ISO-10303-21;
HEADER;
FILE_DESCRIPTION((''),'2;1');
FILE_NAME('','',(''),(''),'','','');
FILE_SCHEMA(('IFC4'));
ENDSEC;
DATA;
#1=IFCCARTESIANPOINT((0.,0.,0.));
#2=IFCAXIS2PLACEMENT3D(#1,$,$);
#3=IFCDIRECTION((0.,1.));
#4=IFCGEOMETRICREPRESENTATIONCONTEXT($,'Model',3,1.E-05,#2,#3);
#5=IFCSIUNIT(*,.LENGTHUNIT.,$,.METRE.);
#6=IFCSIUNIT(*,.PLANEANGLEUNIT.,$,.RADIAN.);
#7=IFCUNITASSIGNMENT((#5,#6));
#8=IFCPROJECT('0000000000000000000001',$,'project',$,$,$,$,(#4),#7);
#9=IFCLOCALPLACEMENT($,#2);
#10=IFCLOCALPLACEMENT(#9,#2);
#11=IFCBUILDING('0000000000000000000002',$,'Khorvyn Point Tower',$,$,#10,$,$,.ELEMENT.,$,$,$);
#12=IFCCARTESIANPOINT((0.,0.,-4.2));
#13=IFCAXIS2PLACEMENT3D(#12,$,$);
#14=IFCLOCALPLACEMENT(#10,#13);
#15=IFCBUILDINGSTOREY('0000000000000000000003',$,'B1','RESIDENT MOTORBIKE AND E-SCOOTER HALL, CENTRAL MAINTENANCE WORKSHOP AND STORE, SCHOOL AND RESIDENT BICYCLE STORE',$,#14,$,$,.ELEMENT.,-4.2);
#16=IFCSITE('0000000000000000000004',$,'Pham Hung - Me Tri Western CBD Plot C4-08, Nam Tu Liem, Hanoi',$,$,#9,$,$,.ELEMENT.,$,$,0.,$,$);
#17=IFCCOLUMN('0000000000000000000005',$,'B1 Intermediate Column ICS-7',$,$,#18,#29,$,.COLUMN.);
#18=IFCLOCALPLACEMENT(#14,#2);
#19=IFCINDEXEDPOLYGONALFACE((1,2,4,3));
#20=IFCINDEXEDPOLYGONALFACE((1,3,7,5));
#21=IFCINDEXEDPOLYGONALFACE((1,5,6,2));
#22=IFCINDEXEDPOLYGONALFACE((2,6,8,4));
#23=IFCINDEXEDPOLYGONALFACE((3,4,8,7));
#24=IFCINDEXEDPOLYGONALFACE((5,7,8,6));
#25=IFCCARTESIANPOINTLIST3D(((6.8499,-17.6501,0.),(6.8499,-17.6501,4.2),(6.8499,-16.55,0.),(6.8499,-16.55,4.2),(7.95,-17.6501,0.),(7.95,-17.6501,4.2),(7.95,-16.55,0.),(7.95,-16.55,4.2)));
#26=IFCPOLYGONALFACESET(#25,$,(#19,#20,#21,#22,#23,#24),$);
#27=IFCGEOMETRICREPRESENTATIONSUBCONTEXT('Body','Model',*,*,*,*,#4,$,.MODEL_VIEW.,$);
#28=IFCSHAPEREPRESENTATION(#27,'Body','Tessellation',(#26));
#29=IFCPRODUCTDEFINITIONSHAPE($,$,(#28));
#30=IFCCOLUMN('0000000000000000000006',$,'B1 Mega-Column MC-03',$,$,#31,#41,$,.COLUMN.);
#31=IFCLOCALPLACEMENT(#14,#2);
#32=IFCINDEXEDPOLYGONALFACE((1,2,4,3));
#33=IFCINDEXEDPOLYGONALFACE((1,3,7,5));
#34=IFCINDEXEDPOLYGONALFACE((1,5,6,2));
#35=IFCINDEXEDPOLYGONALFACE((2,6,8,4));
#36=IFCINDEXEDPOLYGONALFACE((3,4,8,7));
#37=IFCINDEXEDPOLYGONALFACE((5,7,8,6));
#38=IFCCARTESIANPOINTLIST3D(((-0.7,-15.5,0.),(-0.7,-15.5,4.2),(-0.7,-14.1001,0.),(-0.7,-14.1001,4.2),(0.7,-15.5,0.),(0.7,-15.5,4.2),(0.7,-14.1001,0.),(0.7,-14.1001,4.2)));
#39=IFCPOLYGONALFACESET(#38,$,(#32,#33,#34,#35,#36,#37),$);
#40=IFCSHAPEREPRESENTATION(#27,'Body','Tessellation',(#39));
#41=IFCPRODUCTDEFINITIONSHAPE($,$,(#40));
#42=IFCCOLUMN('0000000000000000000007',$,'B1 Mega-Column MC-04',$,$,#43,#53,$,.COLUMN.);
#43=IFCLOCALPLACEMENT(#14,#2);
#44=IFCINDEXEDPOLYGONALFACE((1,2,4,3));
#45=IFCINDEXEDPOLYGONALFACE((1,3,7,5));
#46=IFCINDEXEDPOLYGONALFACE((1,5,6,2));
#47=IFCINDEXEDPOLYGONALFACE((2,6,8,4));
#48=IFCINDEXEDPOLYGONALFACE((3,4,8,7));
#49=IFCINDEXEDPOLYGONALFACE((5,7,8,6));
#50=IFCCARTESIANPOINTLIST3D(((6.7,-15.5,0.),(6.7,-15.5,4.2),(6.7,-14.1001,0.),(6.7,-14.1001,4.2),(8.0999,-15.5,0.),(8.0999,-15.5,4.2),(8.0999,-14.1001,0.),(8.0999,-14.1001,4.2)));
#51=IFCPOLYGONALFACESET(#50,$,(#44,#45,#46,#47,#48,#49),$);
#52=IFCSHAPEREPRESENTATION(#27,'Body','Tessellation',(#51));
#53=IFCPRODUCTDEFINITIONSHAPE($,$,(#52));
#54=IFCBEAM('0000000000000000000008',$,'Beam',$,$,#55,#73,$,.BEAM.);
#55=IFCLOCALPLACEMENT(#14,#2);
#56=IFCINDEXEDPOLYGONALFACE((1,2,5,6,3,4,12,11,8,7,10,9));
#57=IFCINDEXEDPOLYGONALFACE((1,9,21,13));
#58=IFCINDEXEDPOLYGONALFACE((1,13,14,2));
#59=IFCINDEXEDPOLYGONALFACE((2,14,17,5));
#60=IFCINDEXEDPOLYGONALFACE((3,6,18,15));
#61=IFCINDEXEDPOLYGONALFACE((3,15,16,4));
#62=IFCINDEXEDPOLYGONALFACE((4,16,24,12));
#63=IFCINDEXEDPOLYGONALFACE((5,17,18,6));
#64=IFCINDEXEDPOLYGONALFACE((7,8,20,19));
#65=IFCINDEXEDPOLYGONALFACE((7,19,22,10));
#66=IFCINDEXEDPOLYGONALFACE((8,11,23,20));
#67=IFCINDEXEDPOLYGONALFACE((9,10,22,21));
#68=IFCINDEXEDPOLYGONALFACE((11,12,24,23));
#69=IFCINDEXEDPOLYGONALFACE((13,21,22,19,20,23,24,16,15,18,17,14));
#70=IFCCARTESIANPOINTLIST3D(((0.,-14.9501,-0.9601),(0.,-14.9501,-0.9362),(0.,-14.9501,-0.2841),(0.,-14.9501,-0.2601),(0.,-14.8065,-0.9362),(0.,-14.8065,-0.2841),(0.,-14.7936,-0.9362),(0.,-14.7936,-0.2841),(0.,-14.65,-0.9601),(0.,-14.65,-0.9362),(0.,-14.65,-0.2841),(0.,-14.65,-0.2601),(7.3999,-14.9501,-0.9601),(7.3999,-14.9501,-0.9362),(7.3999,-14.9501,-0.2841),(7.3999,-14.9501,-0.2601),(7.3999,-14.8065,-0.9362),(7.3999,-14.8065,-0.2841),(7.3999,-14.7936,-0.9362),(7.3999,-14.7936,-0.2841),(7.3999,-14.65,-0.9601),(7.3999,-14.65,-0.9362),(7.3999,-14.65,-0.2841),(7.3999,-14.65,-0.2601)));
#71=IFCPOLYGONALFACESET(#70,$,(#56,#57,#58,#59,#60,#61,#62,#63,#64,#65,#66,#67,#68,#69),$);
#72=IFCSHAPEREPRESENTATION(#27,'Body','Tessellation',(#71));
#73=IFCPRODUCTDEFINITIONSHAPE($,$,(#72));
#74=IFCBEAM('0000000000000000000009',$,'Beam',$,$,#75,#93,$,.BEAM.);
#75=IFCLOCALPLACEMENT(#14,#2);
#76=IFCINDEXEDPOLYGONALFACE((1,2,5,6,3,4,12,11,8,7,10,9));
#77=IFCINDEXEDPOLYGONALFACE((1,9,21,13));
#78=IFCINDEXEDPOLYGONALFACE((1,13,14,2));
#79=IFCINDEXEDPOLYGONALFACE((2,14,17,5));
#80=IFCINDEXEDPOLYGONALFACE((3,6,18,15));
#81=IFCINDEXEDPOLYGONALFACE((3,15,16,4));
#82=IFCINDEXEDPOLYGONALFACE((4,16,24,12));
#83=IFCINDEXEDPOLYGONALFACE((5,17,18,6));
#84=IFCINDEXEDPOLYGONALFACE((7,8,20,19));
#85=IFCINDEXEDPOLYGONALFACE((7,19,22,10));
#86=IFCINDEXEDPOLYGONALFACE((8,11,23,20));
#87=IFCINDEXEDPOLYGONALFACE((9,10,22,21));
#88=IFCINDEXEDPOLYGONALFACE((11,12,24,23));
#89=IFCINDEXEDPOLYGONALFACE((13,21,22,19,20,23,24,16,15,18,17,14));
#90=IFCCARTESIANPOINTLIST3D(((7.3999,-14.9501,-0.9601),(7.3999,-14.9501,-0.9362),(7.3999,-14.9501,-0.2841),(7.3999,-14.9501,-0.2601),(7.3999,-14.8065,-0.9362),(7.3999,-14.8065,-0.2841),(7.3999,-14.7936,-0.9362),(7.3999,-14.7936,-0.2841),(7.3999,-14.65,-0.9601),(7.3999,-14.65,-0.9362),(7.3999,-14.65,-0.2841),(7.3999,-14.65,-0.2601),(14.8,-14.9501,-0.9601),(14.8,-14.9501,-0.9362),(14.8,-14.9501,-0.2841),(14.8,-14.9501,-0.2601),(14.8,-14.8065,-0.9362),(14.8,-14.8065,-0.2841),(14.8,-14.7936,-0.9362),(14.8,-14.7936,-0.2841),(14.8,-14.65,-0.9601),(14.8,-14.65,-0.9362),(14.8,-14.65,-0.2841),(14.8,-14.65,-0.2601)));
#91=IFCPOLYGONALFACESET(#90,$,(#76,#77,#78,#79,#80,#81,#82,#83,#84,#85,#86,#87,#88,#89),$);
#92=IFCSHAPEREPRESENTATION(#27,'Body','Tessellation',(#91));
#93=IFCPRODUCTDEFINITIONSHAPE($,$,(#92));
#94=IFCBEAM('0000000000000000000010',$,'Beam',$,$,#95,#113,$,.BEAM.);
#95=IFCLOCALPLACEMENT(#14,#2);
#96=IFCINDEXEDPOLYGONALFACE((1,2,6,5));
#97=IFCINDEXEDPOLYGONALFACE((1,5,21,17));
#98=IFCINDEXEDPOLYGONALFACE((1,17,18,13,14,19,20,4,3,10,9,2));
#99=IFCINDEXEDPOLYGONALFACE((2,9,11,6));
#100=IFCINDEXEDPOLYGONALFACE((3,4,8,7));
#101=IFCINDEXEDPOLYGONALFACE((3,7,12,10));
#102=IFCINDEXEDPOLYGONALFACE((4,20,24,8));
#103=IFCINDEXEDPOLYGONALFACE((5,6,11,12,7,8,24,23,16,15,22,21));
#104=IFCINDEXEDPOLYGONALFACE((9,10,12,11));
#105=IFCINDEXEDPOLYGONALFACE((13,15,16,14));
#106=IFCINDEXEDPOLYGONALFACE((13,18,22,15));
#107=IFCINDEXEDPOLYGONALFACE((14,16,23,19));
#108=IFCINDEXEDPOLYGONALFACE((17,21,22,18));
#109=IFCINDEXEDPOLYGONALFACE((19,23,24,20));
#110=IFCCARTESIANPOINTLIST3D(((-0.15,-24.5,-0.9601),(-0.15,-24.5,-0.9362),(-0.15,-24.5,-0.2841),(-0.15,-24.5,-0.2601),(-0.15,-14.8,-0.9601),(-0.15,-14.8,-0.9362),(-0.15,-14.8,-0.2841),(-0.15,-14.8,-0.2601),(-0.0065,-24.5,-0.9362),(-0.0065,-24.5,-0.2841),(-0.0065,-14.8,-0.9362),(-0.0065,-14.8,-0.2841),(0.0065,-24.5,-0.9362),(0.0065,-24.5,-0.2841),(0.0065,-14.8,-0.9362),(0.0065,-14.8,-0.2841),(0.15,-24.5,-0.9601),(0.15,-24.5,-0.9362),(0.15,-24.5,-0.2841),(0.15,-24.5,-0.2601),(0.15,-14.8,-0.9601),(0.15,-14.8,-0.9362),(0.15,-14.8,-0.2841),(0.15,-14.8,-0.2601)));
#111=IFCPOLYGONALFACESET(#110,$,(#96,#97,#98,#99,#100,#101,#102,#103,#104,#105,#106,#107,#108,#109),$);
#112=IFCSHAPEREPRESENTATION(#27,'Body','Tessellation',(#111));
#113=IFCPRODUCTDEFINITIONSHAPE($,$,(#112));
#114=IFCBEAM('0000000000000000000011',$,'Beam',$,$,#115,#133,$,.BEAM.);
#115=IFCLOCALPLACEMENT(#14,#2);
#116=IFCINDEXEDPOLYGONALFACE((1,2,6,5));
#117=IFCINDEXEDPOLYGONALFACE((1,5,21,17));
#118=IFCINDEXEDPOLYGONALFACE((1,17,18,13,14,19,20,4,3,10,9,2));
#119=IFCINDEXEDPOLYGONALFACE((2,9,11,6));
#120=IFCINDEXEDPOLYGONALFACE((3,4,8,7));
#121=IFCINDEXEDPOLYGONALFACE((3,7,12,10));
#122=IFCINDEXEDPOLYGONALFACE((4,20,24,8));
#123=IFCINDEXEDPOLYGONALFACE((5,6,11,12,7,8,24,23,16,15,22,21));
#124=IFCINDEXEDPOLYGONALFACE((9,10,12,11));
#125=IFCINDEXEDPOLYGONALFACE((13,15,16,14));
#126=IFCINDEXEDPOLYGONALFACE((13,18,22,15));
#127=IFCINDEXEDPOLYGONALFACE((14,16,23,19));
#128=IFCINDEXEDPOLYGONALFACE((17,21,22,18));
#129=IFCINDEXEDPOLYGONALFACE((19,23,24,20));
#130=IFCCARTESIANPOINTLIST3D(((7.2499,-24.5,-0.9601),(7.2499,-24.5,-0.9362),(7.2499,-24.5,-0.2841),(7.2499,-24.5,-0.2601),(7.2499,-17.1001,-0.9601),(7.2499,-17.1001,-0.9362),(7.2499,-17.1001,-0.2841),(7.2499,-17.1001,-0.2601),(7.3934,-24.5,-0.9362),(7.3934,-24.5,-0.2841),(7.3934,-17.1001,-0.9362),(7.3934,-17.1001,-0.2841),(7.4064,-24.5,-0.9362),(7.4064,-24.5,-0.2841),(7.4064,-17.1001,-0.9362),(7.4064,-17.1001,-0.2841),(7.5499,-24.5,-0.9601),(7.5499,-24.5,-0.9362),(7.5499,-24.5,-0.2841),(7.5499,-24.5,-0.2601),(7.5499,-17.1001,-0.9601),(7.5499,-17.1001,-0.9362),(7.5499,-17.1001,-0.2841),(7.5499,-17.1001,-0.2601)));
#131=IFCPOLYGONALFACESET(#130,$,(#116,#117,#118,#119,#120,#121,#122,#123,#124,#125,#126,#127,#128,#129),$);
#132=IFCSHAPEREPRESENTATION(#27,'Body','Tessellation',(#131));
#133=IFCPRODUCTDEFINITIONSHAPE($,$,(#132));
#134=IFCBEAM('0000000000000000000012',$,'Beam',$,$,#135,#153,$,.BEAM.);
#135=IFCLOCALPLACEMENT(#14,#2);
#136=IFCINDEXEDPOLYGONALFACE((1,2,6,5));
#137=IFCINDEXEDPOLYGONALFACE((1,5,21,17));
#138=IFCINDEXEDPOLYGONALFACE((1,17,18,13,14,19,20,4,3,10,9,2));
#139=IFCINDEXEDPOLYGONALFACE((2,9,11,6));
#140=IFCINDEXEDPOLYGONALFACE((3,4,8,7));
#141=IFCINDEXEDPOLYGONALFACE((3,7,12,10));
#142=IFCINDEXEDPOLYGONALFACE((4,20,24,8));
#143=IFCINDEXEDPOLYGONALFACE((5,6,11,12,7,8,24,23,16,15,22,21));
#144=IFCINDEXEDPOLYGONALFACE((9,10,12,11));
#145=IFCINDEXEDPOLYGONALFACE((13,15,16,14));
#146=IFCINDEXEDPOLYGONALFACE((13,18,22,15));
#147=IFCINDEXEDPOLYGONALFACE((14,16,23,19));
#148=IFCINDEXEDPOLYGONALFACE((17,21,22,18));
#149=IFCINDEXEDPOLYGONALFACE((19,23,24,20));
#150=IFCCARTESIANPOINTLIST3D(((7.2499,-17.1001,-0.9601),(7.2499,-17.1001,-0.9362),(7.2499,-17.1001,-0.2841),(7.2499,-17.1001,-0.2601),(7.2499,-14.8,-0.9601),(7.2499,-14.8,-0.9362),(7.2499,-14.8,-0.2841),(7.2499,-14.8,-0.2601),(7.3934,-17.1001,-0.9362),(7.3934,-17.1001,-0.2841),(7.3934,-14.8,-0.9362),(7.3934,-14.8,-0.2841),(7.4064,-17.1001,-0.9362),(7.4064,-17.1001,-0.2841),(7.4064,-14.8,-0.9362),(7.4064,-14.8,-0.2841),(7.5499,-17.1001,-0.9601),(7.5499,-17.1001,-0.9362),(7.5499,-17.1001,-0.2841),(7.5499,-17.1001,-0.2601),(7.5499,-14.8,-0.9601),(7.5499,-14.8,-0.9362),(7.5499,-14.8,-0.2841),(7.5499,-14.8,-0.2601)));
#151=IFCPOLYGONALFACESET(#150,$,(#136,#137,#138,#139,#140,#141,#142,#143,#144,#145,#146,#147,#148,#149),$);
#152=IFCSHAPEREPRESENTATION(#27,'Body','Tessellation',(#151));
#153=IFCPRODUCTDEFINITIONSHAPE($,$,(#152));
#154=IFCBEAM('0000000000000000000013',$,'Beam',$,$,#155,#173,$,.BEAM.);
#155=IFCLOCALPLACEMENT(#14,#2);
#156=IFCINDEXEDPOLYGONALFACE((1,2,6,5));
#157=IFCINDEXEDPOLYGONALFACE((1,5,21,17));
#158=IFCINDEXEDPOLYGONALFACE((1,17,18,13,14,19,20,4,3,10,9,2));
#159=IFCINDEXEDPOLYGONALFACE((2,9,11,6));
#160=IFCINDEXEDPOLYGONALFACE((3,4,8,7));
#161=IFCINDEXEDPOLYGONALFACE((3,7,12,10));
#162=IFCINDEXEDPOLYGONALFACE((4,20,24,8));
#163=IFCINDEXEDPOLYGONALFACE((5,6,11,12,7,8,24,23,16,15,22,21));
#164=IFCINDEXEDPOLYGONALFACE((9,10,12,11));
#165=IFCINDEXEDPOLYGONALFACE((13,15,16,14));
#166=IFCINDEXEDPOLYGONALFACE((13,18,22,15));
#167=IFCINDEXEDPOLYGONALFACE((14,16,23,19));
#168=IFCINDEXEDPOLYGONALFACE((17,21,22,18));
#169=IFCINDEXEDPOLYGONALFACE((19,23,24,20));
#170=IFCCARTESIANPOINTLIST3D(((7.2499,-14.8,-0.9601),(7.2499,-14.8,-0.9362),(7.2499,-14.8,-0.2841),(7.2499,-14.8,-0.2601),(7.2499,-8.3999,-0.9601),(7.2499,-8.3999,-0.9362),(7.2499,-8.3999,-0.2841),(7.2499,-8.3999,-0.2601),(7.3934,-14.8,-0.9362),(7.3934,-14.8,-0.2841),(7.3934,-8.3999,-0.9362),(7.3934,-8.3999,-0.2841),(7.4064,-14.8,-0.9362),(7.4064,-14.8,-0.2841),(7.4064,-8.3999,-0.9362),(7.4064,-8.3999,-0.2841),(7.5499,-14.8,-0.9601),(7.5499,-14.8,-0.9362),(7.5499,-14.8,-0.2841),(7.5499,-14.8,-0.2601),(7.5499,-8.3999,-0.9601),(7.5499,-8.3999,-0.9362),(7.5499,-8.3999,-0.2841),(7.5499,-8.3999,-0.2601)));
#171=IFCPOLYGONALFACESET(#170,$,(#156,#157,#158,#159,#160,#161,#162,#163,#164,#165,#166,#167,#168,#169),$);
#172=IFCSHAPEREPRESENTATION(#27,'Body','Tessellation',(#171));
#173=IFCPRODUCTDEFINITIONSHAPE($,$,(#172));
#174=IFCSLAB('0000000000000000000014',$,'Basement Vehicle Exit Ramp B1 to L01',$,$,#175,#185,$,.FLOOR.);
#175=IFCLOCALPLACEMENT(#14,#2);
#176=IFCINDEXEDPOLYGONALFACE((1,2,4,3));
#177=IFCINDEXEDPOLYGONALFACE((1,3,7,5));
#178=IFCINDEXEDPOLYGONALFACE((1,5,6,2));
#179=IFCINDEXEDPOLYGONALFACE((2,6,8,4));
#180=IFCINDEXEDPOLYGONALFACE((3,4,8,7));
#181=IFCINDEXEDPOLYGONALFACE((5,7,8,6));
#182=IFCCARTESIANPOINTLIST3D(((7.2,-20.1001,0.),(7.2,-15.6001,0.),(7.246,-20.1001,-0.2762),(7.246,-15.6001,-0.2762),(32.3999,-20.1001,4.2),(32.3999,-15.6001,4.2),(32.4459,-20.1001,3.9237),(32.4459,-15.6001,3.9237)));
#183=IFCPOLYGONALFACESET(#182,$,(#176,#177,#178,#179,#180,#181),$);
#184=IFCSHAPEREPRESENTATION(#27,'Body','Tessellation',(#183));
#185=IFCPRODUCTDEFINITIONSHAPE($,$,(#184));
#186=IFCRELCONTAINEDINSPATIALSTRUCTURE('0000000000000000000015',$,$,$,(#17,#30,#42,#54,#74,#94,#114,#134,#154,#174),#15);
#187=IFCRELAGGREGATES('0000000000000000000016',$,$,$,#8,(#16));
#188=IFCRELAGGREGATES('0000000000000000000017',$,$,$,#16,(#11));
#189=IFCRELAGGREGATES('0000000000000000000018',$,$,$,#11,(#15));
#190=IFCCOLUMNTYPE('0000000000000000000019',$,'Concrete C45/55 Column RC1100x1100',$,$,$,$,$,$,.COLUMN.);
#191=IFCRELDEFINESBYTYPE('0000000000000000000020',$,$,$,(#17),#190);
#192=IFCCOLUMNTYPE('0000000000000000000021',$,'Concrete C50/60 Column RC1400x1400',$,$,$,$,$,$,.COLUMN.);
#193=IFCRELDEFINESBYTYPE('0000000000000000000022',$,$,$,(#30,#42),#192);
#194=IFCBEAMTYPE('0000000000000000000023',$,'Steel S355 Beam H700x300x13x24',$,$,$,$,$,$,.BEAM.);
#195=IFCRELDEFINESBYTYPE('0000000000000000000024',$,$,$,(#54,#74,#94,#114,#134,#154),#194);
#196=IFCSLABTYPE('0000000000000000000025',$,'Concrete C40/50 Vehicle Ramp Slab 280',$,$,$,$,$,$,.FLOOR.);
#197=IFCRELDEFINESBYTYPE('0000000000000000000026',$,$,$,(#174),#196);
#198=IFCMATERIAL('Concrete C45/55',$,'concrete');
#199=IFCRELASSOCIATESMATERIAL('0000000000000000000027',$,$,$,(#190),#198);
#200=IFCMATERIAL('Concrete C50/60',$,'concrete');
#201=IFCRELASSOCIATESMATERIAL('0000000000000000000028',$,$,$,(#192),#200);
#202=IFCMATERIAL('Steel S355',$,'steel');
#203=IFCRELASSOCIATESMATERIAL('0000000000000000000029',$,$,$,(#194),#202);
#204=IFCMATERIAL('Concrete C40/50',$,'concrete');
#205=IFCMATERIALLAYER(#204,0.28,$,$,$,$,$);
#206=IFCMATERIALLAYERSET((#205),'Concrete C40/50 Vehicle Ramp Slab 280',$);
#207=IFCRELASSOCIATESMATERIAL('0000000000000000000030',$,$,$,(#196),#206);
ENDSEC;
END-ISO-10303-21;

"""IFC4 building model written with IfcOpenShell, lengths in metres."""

from ifc_helpers import new_model, si_unit, direction, frame, origin, origin_2d, place, context, subcontext, project, spatial, polyline, rectangle, i_section, outline, extrude, material, layer, layer_set, material_profile, profile_set, type_object, element, save


model = new_model("IFC4")

# Units and contexts
model_context = context("Model", 3, precision=1e-05, world=origin(), true_north=direction((0.0, 1.0)))
body_context = subcontext(model_context, "Body", "Model", "MODEL_VIEW")
ifc_project = project(units=[si_unit("LENGTHUNIT", "METRE"), si_unit("PLANEANGLEUNIT", "RADIAN")], contexts=[model_context])

# Site, building, storey
site_placement = place(None, origin())
site = spatial("IfcSite", under=ifc_project, at=site_placement, Name="Pham Hung - Me Tri Western CBD Plot C4-08, Nam Tu Liem, Hanoi", CompositionType="ELEMENT", RefElevation=0.0)
building_placement = place(site_placement, origin())
building = spatial("IfcBuilding", under=site, at=building_placement, Name="Khorvyn Point Tower", CompositionType="ELEMENT")
storey_placement = place(building_placement, frame((0.0, 0.0, -4.2)))
storey = spatial("IfcBuildingStorey", under=building, at=storey_placement, Name="B1", Description="RESIDENT MOTORBIKE AND E-SCOOTER HALL, CENTRAL MAINTENANCE WORKSHOP AND STORE, SCHOOL AND RESIDENT BICYCLE STORE", CompositionType="ELEMENT", Elevation=-4.2)

# Columns
ifc_material_1 = material(Name="Concrete C45/55", Category="concrete")
ifc_material_profile_1 = material_profile(ifc_material_1, rectangle(XDim=1.1001, YDim=1.1001, at=origin_2d()))
ifc_profile_set_1 = profile_set([ifc_material_profile_1], Name="Concrete C45/55 RC1100x1100")
column_type_1 = type_object("IfcColumnType", Name="Concrete C45/55 Column RC1100x1100", PredefinedType="COLUMN", material=ifc_profile_set_1)
column_placement = place(storey_placement, frame((7.3999, -17.1001, 0.0), z_axis=(0.0, 0.0, 1.0), x_axis=(1.0, 0.0, 0.0)))
element("IfcColumn", 1, at=column_placement, inside=storey, type_object=column_type_1, Name="B1 Intermediate Column ICS-7", PredefinedType="COLUMN", context=body_context, shape_type="SweptSolid", body=[
    extrude(rectangle(XDim=1.1001, YDim=1.1001, at=origin_2d()), origin(), (0.0, 0.0, 1.0), 4.2),
])
ifc_material_2 = material(Name="Concrete C50/60", Category="concrete")
ifc_material_profile_2 = material_profile(ifc_material_2, rectangle(XDim=1.3999, YDim=1.3999, at=origin_2d()))
ifc_profile_set_2 = profile_set([ifc_material_profile_2], Name="Concrete C50/60 RC1400x1400")
column_type_2 = type_object("IfcColumnType", Name="Concrete C50/60 Column RC1400x1400", PredefinedType="COLUMN", material=ifc_profile_set_2)
for number, where, z_axis, x_axis, name in (
    (2, (0.0, -14.8, 0.0), (0.0, 0.0, 1.0), (1.0, 0.0, 0.0), "B1 Mega-Column MC-03"),
    (3, (7.3999, -14.8, 0.0), (0.0, 0.0, 1.0), (1.0, 0.0, 0.0), "B1 Mega-Column MC-04"),
):
    element("IfcColumn", number, at=place(storey_placement, frame(where, z_axis=z_axis, x_axis=x_axis)), inside=storey, type_object=column_type_2, Name=name, PredefinedType="COLUMN", context=body_context, shape_type="SweptSolid", body=[
        extrude(rectangle(XDim=1.3999, YDim=1.3999, at=origin_2d()), origin(), (0.0, 0.0, 1.0), 4.2),
    ])

# Beams
ifc_material_3 = material(Name="Steel S355", Category="steel")
ifc_material_profile_3 = material_profile(ifc_material_3, i_section(OverallWidth=0.3, OverallDepth=0.7, WebThickness=0.0129, FlangeThickness=0.0239, at=origin_2d()))
ifc_profile_set_3 = profile_set([ifc_material_profile_3], Name="Steel S355 H700x300x13x24")
beam_type = type_object("IfcBeamType", Name="Steel S355 Beam H700x300x13x24", PredefinedType="BEAM", material=ifc_profile_set_3)
beam_1_placement = place(storey_placement, frame((0.0, -14.8, -0.6101), z_axis=(1.0, 0.0, 0.0), x_axis=(0.0, 1.0, 0.0)))
element("IfcBeam", 4, at=beam_1_placement, inside=storey, type_object=beam_type, Name="Beam", PredefinedType="BEAM", context=body_context, shape_type="SweptSolid", body=[
    extrude(i_section(OverallWidth=0.3, OverallDepth=0.7, WebThickness=0.0129, FlangeThickness=0.0239, at=origin_2d()), origin(), (0.0, 0.0, 1.0), 7.3999),
])
beam_2_placement = place(storey_placement, frame((7.3999, -14.8, -0.6101), z_axis=(1.0, 0.0, 0.0), x_axis=(0.0, 1.0, 0.0)))
element("IfcBeam", 5, at=beam_2_placement, inside=storey, type_object=beam_type, Name="Beam", PredefinedType="BEAM", context=body_context, shape_type="SweptSolid", body=[
    extrude(i_section(OverallWidth=0.3, OverallDepth=0.7, WebThickness=0.0129, FlangeThickness=0.0239, at=origin_2d()), origin(), (0.0, 0.0, 1.0), 7.4001),
])
beam_3_placement = place(storey_placement, frame((0.0, -24.5, -0.6101), z_axis=(0.0, 1.0, 0.0), x_axis=(-1.0, 0.0, 0.0)))
element("IfcBeam", 6, at=beam_3_placement, inside=storey, type_object=beam_type, Name="Beam", PredefinedType="BEAM", context=body_context, shape_type="SweptSolid", body=[
    extrude(i_section(OverallWidth=0.3, OverallDepth=0.7, WebThickness=0.0129, FlangeThickness=0.0239, at=origin_2d()), origin(), (0.0, 0.0, 1.0), 9.7),
])
beam_4_placement = place(storey_placement, frame((7.3999, -24.5, -0.6101), z_axis=(0.0, 1.0, 0.0), x_axis=(-1.0, 0.0, 0.0)))
element("IfcBeam", 7, at=beam_4_placement, inside=storey, type_object=beam_type, Name="Beam", PredefinedType="BEAM", context=body_context, shape_type="SweptSolid", body=[
    extrude(i_section(OverallWidth=0.3, OverallDepth=0.7, WebThickness=0.0129, FlangeThickness=0.0239, at=origin_2d()), origin(), (0.0, 0.0, 1.0), 7.3999),
])
beam_5_placement = place(storey_placement, frame((7.3999, -17.1001, -0.6101), z_axis=(0.0, 1.0, 0.0), x_axis=(-1.0, 0.0, 0.0)))
element("IfcBeam", 8, at=beam_5_placement, inside=storey, type_object=beam_type, Name="Beam", PredefinedType="BEAM", context=body_context, shape_type="SweptSolid", body=[
    extrude(i_section(OverallWidth=0.3, OverallDepth=0.7, WebThickness=0.0129, FlangeThickness=0.0239, at=origin_2d()), origin(), (0.0, 0.0, 1.0), 2.3),
])
beam_6_placement = place(storey_placement, frame((7.3999, -14.8, -0.6101), z_axis=(0.0, 1.0, 0.0), x_axis=(-1.0, 0.0, 0.0)))
element("IfcBeam", 9, at=beam_6_placement, inside=storey, type_object=beam_type, Name="Beam", PredefinedType="BEAM", context=body_context, shape_type="SweptSolid", body=[
    extrude(i_section(OverallWidth=0.3, OverallDepth=0.7, WebThickness=0.0129, FlangeThickness=0.0239, at=origin_2d()), origin(), (0.0, 0.0, 1.0), 6.4001),
])

# Slab
ifc_material_4 = material(Name="Concrete C40/50", Category="concrete")
ifc_layer_1 = layer(ifc_material_4, 0.28)
ifc_layer_set_1 = layer_set([ifc_layer_1], Name="Concrete C40/50 Vehicle Ramp Slab 280")
slab_type = type_object("IfcSlabType", Name="Concrete C40/50 Vehicle Ramp Slab 280", PredefinedType="FLOOR", material=ifc_layer_set_1)
slab_placement = place(storey_placement, frame((7.2, -20.1001, 0.0), z_axis=(-0.164397, 0.0, 0.986394), x_axis=(0.986394, 0.0, 0.164397)))
element("IfcSlab", 10, at=slab_placement, inside=storey, type_object=slab_type, Name="Basement Vehicle Exit Ramp B1 to L01", PredefinedType="FLOOR", context=body_context, shape_type="SweptSolid", body=[
    extrude(outline(polyline([(0.0, 0.0), (25.5475, 0.0), (25.5475, 4.5), (0.0, 4.5), (0.0, 0.0)])), origin(), (0.0, 0.0, -1.0), 0.28),
])

save(model, "model.ifc")
